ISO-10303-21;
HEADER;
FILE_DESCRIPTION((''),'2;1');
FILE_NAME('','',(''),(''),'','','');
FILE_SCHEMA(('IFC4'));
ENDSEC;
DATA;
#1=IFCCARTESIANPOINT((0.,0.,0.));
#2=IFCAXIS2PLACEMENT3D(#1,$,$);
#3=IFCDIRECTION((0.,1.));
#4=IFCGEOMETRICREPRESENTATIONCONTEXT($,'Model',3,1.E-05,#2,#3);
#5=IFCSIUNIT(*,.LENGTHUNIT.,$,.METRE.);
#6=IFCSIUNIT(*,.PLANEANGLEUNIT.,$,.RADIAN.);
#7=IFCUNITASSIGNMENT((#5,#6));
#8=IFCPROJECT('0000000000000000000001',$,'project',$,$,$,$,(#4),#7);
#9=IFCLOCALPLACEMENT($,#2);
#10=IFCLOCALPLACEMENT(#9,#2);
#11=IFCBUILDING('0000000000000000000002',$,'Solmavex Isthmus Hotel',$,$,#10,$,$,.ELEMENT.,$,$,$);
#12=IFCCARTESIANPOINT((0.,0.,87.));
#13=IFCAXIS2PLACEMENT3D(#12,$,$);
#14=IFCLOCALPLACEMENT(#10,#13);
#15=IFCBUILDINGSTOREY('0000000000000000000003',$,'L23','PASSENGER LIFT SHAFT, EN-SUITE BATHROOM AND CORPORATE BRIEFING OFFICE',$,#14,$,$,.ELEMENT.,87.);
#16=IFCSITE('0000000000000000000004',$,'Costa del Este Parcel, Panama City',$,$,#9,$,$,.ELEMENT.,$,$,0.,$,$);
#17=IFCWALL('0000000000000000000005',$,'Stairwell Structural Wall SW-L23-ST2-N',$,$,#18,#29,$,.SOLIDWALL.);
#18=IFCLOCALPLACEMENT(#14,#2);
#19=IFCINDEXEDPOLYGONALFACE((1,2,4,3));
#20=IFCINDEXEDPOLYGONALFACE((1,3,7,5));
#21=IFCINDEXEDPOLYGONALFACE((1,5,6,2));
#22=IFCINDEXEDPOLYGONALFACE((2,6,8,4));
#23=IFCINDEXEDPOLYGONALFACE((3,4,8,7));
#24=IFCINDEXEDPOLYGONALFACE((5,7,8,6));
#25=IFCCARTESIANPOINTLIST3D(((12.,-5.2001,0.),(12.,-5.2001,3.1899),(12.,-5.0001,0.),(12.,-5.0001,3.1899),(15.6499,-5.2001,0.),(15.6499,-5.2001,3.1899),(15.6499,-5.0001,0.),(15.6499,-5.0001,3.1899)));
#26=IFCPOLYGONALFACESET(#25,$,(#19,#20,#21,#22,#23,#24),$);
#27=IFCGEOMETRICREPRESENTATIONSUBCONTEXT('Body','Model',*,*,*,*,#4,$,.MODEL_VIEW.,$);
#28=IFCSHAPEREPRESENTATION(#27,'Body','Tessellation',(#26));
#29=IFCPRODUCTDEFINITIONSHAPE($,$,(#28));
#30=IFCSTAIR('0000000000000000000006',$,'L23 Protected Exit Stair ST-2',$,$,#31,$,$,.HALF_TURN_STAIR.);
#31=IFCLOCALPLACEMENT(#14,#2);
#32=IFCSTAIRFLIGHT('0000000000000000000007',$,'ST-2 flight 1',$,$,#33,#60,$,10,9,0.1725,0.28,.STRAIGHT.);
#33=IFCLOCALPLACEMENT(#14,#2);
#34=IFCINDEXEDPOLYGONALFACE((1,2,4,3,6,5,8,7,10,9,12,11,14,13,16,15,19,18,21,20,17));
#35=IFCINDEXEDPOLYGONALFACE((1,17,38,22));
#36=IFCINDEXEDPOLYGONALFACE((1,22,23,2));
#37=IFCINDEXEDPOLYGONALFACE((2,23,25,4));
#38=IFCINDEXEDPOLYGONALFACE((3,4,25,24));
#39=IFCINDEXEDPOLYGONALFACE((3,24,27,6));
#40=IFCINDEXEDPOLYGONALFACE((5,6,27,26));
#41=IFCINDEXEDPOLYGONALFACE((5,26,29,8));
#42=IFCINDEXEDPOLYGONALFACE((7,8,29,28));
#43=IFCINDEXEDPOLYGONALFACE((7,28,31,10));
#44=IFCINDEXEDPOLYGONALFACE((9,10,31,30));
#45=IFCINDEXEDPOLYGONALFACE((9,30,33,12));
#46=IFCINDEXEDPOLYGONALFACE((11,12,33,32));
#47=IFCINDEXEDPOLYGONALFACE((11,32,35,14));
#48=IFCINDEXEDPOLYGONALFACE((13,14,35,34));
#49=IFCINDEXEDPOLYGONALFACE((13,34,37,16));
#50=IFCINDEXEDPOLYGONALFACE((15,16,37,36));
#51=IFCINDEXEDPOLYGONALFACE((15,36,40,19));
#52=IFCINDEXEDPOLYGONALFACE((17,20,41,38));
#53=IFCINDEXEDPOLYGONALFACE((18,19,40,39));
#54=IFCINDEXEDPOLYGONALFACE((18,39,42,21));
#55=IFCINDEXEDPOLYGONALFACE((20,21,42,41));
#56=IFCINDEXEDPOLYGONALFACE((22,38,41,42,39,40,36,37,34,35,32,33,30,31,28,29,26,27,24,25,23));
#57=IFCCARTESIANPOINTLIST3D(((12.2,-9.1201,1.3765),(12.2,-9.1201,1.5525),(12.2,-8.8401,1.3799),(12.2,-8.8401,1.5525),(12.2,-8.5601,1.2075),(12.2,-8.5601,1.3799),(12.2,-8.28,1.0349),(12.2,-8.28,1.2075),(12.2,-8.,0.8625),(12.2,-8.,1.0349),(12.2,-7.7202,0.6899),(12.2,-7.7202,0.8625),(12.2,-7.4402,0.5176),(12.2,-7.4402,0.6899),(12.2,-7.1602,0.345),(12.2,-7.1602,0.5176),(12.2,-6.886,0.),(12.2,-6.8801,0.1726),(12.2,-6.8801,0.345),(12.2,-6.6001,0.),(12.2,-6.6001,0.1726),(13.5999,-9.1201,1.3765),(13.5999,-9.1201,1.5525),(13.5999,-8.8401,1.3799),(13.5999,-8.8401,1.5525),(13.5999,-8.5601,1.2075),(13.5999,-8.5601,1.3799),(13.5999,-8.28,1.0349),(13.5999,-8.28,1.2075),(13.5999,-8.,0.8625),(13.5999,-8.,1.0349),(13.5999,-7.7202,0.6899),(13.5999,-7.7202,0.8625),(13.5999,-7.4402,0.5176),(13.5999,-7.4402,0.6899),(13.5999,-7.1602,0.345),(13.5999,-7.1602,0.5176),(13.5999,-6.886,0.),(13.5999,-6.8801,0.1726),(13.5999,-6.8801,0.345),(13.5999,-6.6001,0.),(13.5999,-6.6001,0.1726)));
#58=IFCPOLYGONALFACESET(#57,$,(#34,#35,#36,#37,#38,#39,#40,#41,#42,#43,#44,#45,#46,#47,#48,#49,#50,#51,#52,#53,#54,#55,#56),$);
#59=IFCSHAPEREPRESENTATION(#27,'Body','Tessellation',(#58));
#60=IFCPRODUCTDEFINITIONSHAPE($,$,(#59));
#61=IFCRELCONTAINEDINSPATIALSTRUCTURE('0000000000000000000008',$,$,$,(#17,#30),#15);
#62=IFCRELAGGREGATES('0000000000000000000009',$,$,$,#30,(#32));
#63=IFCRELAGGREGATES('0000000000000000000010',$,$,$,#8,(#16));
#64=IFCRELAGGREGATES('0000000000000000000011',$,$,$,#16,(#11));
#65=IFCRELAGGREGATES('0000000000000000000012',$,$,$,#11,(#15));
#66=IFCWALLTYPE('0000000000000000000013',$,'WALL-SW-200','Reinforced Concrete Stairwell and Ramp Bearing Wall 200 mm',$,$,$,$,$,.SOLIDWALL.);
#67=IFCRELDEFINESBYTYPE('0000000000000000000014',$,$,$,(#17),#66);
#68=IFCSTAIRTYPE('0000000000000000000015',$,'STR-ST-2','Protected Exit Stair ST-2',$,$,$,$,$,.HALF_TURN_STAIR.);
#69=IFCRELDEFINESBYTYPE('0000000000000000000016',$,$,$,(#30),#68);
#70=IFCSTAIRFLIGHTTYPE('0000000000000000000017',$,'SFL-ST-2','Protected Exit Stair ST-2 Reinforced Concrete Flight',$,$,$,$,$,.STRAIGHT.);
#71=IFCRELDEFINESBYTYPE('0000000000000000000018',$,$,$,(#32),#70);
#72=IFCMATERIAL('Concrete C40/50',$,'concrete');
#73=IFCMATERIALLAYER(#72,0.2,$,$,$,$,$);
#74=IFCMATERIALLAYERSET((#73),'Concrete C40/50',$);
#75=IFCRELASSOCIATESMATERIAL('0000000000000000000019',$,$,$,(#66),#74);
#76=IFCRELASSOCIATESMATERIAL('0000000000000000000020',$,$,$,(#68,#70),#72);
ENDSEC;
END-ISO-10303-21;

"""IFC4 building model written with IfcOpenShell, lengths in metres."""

from ifc_helpers import new_model, si_unit, direction, frame, frame_2d, origin, place, context, subcontext, project, spatial, polyline, rectangle, outline, extrude, material, layer, layer_set, type_object, element, aggregate, save


model = new_model("IFC4")

# Units and contexts
model_context = context("Model", 3, precision=1e-05, world=origin(), true_north=direction((0.0, 1.0)))
body_context = subcontext(model_context, "Body", "Model", "MODEL_VIEW")
ifc_project = project(units=[si_unit("LENGTHUNIT", "METRE"), si_unit("PLANEANGLEUNIT", "RADIAN")], contexts=[model_context])

# Site, building, storey
site_placement = place(None, origin())
site = spatial("IfcSite", under=ifc_project, at=site_placement, Name="Costa del Este Parcel, Panama City", CompositionType="ELEMENT", RefElevation=0.0)
building_placement = place(site_placement, origin())
building = spatial("IfcBuilding", under=site, at=building_placement, Name="Solmavex Isthmus Hotel", CompositionType="ELEMENT")
storey_placement = place(building_placement, frame((0.0, 0.0, 87.0)))
storey = spatial("IfcBuildingStorey", under=building, at=storey_placement, Name="L23", Description="PASSENGER LIFT SHAFT, EN-SUITE BATHROOM AND CORPORATE BRIEFING OFFICE", CompositionType="ELEMENT", Elevation=87.0)

# Shared definitions
ifc_material_1 = material(Name="Concrete C40/50", Category="concrete")

# Wall
ifc_layer_1 = layer(ifc_material_1, 0.2)
ifc_layer_set_1 = layer_set([ifc_layer_1], Name="Concrete C40/50")
wall_type_1 = type_object("IfcWallType", Name="WALL-SW-200", Description="Reinforced Concrete Stairwell and Ramp Bearing Wall 200 mm", PredefinedType="SOLIDWALL", material=ifc_layer_set_1)
wall_1_placement = place(storey_placement, frame((12.0, -5.1001, 0.0), z_axis=(0.0, 0.0, 1.0), x_axis=(1.0, 0.0, 0.0)))
element("IfcWall", 1, at=wall_1_placement, inside=storey, type_object=wall_type_1, Name="Stairwell Structural Wall SW-L23-ST2-N", PredefinedType="SOLIDWALL", context=body_context, shape_type="SweptSolid", body=[
    extrude(rectangle(XDim=3.6499, YDim=0.2, at=frame_2d((1.825, 0.0))), origin(), (0.0, 0.0, 1.0), 3.1899),
])

# Stair, stair flight
stair_type = type_object("IfcStairType", Name="STR-ST-2", Description="Protected Exit Stair ST-2", PredefinedType="HALF_TURN_STAIR", material=ifc_material_1)
stair_placement = place(storey_placement, origin())
stair = element("IfcStair", 2, at=stair_placement, inside=storey, type_object=stair_type, Name="L23 Protected Exit Stair ST-2", PredefinedType="HALF_TURN_STAIR")
stair_flight_type = type_object("IfcStairFlightType", Name="SFL-ST-2", Description="Protected Exit Stair ST-2 Reinforced Concrete Flight", PredefinedType="STRAIGHT", material=ifc_material_1)
stair_flight_placement = place(storey_placement, frame((12.8999, -6.6001, 0.0), z_axis=(0.0, 0.0, 1.0), x_axis=(0.0, -1.0, 0.0)))
stair_flight = element("IfcStairFlight", 3, at=stair_flight_placement, type_object=stair_flight_type, Name="ST-2 flight 1", NumberOfRisers=10, NumberOfTreads=9, PredefinedType="STRAIGHT", RiserHeight=0.1725, TreadLength=0.28, context=body_context, shape_type="SweptSolid", body=[
    extrude(outline(polyline([(0.0, 0.0), (0.0, 0.1726), (0.28, 0.1726), (0.28, 0.345), (0.5601, 0.345), (0.5601, 0.5176), (0.8401, 0.5176), (0.8401, 0.6899), (1.1201, 0.6899), (1.1201, 0.8625), (1.3999, 0.8625), (1.3999, 1.0349), (1.6799, 1.0349), (1.6799, 1.2075), (1.96, 1.2075), (1.96, 1.3799), (2.24, 1.3799), (2.24, 1.5525), (2.52, 1.5525), (2.52, 1.7251), (2.52, 1.3765), (0.2859, 0.0), (0.0, 0.0)])), frame((0.0, 0.7, 0.0), z_axis=(0.0, -1.0, 0.0), x_axis=(1.0, 0.0, 0.0)), (0.0, 0.0, 1.0), 1.3999),
])
aggregate(stair, [stair_flight])

save(model, "model.ifc")
